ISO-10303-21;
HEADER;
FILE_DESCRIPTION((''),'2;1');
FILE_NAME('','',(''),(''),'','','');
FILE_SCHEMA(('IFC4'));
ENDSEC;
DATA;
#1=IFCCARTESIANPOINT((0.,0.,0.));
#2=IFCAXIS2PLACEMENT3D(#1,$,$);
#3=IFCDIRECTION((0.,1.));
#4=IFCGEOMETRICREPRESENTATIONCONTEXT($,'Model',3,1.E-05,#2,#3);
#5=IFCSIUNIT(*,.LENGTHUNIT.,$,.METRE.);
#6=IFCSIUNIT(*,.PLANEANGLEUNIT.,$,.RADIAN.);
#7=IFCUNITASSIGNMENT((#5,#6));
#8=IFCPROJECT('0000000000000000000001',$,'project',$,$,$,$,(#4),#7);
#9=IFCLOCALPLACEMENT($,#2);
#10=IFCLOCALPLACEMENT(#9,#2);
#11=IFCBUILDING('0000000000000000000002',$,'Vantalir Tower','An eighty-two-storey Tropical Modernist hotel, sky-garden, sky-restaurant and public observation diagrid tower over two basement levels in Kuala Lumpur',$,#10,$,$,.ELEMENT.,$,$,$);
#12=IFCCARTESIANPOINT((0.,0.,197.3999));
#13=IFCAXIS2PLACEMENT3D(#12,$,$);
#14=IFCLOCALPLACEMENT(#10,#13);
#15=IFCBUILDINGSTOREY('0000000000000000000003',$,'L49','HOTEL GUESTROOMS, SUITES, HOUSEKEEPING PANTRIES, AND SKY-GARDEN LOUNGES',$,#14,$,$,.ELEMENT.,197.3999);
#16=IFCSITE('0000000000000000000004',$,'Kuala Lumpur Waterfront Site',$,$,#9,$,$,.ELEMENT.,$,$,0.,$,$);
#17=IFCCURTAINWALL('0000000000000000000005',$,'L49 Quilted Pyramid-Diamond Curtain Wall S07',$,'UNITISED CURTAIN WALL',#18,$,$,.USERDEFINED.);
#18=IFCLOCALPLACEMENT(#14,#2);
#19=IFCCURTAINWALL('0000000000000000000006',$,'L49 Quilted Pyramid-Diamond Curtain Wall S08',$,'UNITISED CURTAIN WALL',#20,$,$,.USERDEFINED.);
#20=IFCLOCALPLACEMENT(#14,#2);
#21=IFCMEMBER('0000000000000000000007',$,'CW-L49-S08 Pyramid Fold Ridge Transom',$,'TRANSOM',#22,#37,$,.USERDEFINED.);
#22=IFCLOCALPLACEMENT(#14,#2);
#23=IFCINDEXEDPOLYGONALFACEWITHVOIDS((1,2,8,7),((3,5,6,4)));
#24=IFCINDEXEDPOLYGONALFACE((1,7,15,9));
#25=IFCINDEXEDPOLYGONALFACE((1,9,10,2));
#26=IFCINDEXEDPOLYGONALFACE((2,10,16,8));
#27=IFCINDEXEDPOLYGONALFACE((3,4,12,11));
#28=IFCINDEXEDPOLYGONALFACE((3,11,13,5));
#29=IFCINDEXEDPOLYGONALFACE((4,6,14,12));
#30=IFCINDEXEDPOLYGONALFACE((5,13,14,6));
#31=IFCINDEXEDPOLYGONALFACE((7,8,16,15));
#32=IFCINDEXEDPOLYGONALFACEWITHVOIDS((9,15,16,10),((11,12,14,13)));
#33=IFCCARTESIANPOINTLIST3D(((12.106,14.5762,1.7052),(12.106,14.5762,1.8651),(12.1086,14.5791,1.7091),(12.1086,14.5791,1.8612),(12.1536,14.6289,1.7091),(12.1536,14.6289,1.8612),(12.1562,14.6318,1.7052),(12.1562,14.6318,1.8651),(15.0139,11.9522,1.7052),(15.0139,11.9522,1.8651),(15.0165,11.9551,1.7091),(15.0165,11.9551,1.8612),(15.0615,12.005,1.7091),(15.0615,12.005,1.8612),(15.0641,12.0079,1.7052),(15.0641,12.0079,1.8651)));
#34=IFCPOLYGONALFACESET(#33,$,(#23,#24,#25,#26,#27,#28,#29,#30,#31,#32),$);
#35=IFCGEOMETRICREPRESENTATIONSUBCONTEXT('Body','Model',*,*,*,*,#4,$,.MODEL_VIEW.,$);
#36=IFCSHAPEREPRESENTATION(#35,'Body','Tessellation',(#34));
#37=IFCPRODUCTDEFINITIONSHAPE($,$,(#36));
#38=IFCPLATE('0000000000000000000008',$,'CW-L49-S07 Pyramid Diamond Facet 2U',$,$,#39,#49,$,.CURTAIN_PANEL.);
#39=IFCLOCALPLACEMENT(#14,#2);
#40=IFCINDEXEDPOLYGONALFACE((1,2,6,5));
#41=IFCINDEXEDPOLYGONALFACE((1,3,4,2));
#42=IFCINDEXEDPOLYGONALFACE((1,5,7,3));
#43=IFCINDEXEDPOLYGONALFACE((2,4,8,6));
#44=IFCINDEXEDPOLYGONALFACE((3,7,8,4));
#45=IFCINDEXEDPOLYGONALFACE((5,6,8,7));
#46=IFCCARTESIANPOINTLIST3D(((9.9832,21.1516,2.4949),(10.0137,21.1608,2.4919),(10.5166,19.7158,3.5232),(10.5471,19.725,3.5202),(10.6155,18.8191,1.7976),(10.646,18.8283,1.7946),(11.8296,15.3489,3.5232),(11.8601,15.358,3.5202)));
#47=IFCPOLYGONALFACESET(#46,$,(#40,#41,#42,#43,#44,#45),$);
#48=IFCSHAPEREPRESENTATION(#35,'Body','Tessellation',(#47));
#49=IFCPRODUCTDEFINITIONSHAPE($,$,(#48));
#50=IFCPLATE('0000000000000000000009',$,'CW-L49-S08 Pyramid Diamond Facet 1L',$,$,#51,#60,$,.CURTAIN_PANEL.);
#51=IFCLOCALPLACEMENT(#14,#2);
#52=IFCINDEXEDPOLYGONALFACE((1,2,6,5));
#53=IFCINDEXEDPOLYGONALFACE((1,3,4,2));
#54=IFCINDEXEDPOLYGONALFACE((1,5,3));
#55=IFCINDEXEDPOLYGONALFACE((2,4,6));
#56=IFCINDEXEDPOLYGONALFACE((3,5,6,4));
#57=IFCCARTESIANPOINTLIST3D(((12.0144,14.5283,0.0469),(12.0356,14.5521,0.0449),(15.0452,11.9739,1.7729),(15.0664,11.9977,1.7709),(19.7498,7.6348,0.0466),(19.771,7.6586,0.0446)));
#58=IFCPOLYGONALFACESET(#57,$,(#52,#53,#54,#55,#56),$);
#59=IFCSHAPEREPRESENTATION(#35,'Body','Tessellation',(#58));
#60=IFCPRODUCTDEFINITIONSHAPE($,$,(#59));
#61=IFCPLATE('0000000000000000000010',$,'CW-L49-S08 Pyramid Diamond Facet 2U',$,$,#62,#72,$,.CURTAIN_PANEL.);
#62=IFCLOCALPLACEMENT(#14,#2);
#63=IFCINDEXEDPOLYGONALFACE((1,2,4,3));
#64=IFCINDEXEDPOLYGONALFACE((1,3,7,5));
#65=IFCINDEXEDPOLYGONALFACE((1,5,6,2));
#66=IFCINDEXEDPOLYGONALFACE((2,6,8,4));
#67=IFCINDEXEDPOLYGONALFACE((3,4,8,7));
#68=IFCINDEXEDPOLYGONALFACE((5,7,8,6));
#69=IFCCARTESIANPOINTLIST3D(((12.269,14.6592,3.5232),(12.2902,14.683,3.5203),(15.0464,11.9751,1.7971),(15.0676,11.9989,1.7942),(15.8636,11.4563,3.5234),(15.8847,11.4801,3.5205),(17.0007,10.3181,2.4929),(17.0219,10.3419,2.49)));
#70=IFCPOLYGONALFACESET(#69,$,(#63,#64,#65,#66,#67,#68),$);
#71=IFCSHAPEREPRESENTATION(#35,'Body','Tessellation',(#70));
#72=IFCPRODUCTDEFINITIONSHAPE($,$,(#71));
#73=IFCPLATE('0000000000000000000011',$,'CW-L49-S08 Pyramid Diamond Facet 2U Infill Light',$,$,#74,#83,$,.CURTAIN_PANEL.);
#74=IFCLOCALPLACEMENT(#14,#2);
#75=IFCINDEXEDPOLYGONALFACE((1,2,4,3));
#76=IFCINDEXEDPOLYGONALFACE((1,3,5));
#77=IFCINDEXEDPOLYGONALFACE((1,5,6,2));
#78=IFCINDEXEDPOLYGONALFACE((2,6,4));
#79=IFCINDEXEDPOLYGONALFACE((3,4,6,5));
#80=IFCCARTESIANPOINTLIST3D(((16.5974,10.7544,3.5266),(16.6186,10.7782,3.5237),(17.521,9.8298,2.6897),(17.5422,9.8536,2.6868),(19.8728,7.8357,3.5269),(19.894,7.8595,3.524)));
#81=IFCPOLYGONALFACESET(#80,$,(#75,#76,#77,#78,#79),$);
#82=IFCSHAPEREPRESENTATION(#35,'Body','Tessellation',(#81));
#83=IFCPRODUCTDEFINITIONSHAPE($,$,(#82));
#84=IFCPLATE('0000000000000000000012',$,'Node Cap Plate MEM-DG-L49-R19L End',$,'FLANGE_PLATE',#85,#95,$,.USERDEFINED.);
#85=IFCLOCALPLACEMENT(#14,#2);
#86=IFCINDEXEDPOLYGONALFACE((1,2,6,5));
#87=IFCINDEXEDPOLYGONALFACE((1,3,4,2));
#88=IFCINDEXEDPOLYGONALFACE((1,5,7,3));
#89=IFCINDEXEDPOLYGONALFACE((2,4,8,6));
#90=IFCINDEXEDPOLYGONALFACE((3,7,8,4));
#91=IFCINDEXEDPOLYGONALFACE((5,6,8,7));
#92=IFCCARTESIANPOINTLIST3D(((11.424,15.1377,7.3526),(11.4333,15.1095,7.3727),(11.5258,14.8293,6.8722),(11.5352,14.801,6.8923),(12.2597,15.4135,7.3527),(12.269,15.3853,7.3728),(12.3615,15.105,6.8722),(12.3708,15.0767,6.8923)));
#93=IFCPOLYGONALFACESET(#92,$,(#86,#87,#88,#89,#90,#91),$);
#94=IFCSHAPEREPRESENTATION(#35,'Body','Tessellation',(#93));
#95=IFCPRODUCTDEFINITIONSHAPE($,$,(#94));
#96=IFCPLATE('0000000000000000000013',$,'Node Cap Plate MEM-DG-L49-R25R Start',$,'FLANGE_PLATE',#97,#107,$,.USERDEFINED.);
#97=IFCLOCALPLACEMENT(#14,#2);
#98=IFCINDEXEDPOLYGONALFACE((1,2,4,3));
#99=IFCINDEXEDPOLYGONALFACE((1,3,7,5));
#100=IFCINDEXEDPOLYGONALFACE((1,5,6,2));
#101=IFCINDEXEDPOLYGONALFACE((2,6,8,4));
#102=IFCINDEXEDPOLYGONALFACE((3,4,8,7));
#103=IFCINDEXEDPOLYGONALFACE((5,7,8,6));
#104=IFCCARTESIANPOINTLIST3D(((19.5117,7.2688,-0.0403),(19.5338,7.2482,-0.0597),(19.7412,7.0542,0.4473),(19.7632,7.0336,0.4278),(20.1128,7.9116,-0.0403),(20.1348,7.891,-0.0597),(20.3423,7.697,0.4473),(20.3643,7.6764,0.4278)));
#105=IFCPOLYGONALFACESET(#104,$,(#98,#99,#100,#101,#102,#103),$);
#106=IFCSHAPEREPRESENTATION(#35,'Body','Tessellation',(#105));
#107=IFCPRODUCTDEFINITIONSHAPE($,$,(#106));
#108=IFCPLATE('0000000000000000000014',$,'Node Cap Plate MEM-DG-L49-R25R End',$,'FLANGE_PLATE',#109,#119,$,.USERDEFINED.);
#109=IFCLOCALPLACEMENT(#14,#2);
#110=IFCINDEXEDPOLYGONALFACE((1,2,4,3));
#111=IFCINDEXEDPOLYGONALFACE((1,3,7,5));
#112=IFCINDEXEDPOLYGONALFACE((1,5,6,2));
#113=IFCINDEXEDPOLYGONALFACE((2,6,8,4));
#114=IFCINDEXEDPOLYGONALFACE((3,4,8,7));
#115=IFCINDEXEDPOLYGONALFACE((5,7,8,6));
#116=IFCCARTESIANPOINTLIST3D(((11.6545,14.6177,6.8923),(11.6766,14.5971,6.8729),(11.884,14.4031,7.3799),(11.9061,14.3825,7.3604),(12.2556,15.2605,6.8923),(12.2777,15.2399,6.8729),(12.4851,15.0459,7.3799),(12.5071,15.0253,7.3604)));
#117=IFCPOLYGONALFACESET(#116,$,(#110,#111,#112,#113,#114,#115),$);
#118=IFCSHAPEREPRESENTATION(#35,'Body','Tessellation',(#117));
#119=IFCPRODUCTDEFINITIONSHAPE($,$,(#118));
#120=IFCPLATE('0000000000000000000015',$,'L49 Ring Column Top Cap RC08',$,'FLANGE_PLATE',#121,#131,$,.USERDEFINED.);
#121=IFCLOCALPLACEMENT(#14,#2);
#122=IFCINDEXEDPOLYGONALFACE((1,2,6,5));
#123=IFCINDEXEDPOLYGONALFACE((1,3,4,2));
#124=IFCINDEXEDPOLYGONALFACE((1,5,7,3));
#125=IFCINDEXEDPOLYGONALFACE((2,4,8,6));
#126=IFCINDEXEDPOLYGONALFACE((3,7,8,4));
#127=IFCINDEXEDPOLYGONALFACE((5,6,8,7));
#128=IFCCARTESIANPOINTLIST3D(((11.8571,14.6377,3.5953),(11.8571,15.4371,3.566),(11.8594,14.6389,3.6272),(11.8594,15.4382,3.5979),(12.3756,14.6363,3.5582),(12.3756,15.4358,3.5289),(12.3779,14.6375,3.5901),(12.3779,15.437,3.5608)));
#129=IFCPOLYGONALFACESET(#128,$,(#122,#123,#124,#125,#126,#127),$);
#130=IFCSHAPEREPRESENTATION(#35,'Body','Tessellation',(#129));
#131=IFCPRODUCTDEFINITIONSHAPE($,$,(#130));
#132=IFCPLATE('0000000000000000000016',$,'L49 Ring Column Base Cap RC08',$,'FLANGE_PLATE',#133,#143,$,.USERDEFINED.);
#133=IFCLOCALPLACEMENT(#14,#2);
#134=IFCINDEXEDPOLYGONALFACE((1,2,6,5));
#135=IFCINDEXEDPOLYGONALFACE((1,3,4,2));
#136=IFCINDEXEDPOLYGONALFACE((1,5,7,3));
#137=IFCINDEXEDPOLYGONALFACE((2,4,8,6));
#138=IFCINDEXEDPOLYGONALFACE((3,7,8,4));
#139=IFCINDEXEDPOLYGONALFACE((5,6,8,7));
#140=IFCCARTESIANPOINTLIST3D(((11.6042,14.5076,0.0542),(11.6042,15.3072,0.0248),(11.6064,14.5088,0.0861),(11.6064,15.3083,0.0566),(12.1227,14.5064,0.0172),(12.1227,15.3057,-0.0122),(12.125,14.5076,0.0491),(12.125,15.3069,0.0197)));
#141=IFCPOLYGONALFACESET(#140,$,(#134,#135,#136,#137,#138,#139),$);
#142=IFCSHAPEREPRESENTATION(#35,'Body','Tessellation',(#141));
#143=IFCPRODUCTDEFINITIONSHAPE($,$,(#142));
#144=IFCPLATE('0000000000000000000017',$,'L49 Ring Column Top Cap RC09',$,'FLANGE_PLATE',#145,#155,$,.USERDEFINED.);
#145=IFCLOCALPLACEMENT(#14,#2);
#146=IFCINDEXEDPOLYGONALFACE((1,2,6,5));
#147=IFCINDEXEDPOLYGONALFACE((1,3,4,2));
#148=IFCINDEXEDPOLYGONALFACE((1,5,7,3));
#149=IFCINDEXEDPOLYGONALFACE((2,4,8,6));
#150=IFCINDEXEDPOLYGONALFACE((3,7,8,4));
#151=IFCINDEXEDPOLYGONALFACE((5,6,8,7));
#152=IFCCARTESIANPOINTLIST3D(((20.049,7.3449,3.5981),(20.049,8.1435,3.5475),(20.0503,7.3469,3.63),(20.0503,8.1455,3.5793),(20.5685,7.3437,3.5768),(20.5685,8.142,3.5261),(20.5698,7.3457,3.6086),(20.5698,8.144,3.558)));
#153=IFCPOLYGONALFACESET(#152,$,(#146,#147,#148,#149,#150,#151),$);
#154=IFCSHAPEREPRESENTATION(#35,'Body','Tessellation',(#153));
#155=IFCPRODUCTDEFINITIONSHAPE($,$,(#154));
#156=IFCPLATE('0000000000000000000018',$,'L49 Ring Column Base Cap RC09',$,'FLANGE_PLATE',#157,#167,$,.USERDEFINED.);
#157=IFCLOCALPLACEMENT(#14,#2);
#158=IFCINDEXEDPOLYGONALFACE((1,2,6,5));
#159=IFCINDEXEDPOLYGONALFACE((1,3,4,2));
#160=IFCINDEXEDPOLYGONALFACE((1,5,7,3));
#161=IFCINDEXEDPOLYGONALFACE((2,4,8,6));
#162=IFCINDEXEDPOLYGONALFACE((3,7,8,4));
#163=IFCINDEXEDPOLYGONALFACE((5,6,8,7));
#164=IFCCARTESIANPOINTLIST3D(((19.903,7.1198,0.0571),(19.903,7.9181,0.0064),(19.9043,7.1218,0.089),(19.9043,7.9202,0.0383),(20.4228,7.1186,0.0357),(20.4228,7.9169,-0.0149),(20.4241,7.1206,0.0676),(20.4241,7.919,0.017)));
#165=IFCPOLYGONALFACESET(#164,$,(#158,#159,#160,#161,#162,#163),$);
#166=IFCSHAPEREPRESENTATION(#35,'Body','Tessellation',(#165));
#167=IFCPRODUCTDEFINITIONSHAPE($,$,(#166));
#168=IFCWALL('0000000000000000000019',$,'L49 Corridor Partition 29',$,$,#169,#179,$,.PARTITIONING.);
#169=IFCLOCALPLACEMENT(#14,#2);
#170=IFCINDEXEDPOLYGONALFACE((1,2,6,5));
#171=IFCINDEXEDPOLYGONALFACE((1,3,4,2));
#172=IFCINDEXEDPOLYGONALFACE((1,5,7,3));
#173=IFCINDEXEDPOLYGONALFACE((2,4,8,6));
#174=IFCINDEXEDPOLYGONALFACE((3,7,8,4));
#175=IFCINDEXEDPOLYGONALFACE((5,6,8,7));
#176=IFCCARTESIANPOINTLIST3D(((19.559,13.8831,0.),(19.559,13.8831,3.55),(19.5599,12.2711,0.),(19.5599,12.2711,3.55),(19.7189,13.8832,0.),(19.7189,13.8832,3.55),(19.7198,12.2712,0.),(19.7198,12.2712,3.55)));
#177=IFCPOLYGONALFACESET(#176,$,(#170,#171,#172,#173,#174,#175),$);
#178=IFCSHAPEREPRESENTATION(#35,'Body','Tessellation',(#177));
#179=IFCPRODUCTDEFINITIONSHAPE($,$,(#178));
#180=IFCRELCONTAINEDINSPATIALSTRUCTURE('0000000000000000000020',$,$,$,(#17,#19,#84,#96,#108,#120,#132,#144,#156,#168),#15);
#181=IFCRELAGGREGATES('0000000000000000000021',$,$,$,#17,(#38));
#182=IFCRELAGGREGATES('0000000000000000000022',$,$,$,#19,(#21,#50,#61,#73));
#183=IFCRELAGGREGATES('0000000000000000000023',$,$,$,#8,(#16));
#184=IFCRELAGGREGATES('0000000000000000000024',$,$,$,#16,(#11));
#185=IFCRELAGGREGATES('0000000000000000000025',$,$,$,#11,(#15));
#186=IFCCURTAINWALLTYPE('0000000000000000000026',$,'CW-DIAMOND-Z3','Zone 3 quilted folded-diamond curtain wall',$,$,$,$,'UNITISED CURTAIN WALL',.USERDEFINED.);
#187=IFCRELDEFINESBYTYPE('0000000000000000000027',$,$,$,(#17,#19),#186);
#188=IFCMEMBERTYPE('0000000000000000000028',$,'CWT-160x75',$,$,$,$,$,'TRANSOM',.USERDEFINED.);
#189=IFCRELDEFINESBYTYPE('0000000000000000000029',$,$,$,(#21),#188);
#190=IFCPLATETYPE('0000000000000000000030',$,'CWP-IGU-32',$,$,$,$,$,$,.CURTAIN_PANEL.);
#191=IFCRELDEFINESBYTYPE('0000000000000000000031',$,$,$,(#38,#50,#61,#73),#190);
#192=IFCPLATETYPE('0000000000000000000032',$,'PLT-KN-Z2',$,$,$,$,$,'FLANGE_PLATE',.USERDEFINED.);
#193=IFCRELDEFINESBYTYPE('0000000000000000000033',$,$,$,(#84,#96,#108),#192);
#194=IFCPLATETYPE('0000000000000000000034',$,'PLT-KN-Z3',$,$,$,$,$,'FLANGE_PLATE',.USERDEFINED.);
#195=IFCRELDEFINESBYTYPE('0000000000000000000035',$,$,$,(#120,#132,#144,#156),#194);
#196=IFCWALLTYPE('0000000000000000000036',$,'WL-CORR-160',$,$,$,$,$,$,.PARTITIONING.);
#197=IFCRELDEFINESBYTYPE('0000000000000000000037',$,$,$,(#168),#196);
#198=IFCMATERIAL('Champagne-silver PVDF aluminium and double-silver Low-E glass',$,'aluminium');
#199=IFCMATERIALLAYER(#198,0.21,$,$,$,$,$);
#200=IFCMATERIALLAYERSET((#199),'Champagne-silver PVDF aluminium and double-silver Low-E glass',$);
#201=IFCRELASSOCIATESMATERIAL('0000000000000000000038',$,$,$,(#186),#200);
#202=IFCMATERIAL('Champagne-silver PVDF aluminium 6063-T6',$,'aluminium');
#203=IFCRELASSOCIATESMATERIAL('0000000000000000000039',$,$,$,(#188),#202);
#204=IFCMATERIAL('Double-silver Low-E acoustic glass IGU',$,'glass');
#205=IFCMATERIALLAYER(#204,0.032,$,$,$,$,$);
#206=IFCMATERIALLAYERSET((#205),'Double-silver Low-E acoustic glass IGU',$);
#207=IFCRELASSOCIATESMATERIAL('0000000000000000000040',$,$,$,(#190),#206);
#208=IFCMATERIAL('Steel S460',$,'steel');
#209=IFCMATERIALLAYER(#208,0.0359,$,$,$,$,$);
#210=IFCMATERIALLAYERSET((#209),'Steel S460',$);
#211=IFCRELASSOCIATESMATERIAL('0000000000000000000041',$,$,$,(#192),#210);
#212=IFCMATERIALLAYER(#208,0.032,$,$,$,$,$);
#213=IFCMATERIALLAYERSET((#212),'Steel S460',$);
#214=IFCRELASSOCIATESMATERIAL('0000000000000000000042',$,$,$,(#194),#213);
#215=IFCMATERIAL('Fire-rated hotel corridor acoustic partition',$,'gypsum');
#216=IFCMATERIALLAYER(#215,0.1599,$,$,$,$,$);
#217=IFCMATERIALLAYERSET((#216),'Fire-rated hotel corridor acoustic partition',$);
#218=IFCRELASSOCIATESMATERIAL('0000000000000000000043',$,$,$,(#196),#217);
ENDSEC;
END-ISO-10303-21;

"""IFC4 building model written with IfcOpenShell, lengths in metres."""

from ifc_helpers import new_model, si_unit, direction, frame, frame_2d, origin, origin_2d, place, context, subcontext, project, spatial, polyline, rectangle, hollow_rectangle, outline, extrude, material, layer, layer_set, material_profile, profile_set, type_object, element, aggregate, save


model = new_model("IFC4")

# Units and contexts
model_context = context("Model", 3, precision=1e-05, world=origin(), true_north=direction((0.0, 1.0)))
body_context = subcontext(model_context, "Body", "Model", "MODEL_VIEW")
ifc_project = project(units=[si_unit("LENGTHUNIT", "METRE"), si_unit("PLANEANGLEUNIT", "RADIAN")], contexts=[model_context])

# Site, building, storey
site_placement = place(None, origin())
site = spatial("IfcSite", under=ifc_project, at=site_placement, Name="Kuala Lumpur Waterfront Site", CompositionType="ELEMENT", RefElevation=0.0)
building_placement = place(site_placement, origin())
building = spatial("IfcBuilding", under=site, at=building_placement, Name="Vantalir Tower", Description="An eighty-two-storey Tropical Modernist hotel, sky-garden, sky-restaurant and public observation diagrid tower over two basement levels in Kuala Lumpur", CompositionType="ELEMENT")
storey_placement = place(building_placement, frame((0.0, 0.0, 197.3999)))
storey = spatial("IfcBuildingStorey", under=building, at=storey_placement, Name="L49", Description="HOTEL GUESTROOMS, SUITES, HOUSEKEEPING PANTRIES, AND SKY-GARDEN LOUNGES", CompositionType="ELEMENT", Elevation=197.3999)

# Shared definitions
ifc_material_1 = material(Name="Steel S460", Category="steel")

# Curtain wall
ifc_material_2 = material(Name="Champagne-silver PVDF aluminium and double-silver Low-E glass", Category="aluminium")
ifc_layer_1 = layer(ifc_material_2, 0.21)
ifc_layer_set_1 = layer_set([ifc_layer_1], Name="Champagne-silver PVDF aluminium and double-silver Low-E glass")
curtain_wall_type = type_object("IfcCurtainWallType", Name="CW-DIAMOND-Z3", Description="Zone 3 quilted folded-diamond curtain wall", ElementType="UNITISED CURTAIN WALL", PredefinedType="USERDEFINED", material=ifc_layer_set_1)
curtain_wall_1_placement = place(storey_placement, origin())
curtain_wall_1 = element("IfcCurtainWall", 1, at=curtain_wall_1_placement, inside=storey, type_object=curtain_wall_type, Name="L49 Quilted Pyramid-Diamond Curtain Wall S07", ObjectType="UNITISED CURTAIN WALL", PredefinedType="USERDEFINED")
ifc_material_3 = material(Name="Champagne-silver PVDF aluminium 6063-T6", Category="aluminium")

# Curtain wall, member
curtain_wall_2_placement = place(storey_placement, origin())
curtain_wall_2 = element("IfcCurtainWall", 2, at=curtain_wall_2_placement, inside=storey, type_object=curtain_wall_type, Name="L49 Quilted Pyramid-Diamond Curtain Wall S08", ObjectType="UNITISED CURTAIN WALL", PredefinedType="USERDEFINED")
ifc_material_profile_1 = material_profile(ifc_material_3, hollow_rectangle(XDim=0.075, YDim=0.1599, WallThickness=0.0039, at=origin_2d()), Name="Champagne-silver PVDF aluminium 6063-T6")
ifc_profile_set_1 = profile_set([ifc_material_profile_1], Name="Champagne-silver PVDF aluminium 6063-T6")
member_type_1 = type_object("IfcMemberType", Name="CWT-160x75", ElementType="TRANSOM", PredefinedType="USERDEFINED", material=ifc_profile_set_1)
member_1_placement = place(storey_placement, frame((12.1311, 14.604, 1.7852), z_axis=(0.742423, -0.669932, 0.0), x_axis=(0.669932, 0.742423, 0.0)))
member_1 = element("IfcMember", 3, at=member_1_placement, type_object=member_type_1, Name="CW-L49-S08 Pyramid Fold Ridge Transom", ObjectType="TRANSOM", PredefinedType="USERDEFINED", context=body_context, shape_type="SweptSolid", body=[
    extrude(hollow_rectangle(XDim=0.075, YDim=0.1599, WallThickness=0.0039, at=origin_2d()), origin(), (0.0, 0.0, 1.0), 3.9167),
])

# Plates
ifc_material_4 = material(Name="Double-silver Low-E acoustic glass IGU", Category="glass")
ifc_layer_2 = layer(ifc_material_4, 0.032)
ifc_layer_set_2 = layer_set([ifc_layer_2], Name="Double-silver Low-E acoustic glass IGU")
plate_type_1 = type_object("IfcPlateType", Name="CWP-IGU-32", PredefinedType="CURTAIN_PANEL", material=ifc_layer_set_2)
plate_1_placement = place(storey_placement, frame((10.5166, 19.7158, 3.5232), z_axis=(-0.95338, -0.286649, 0.094333), x_axis=(0.287933, -0.95765, 0.0)))
plate_1 = element("IfcPlate", 4, at=plate_1_placement, type_object=plate_type_1, Name="CW-L49-S07 Pyramid Diamond Facet 2U", PredefinedType="CURTAIN_PANEL", context=body_context, shape_type="SweptSolid", body=[
    extrude(outline(polyline([(0.0, 0.0), (4.5601, 0.0), (0.8872, -1.7333), (-1.5286, -1.0329), (0.0, 0.0)])), origin(), (0.0, 0.0, -1.0), 0.032),
])
aggregate(curtain_wall_1, [plate_1])
plate_2_placement = place(storey_placement, frame((12.0144, 14.5283, 0.0469), z_axis=(-0.663984, -0.745068, 0.063233), x_axis=(0.746561, -0.665317, -0.000024)))
plate_2 = element("IfcPlate", 5, at=plate_2_placement, type_object=plate_type_1, Name="CW-L49-S08 Pyramid Diamond Facet 1L", PredefinedType="CURTAIN_PANEL", context=body_context, shape_type="SweptSolid", body=[
    extrude(outline(polyline([(0.0, 0.0), (10.3613, 0.0), (3.9621, 1.7296), (0.0, 0.0)])), origin(), (0.0, 0.0, -1.0), 0.032),
])
plate_3_placement = place(storey_placement, frame((12.269, 14.6592, 3.5232), z_axis=(-0.662554, -0.743569, 0.090154), x_axis=(0.746612, -0.665259, 0.00005)))
plate_3 = element("IfcPlate", 6, at=plate_3_placement, type_object=plate_type_1, Name="CW-L49-S08 Pyramid Diamond Facet 2U", PredefinedType="CURTAIN_PANEL", context=body_context, shape_type="SweptSolid", body=[
    extrude(outline(polyline([(0.0, 0.0), (4.8144, 0.0), (6.4206, -1.0348), (3.8591, -1.7333), (0.0, 0.0)])), origin(), (0.0, 0.0, -1.0), 0.032),
])
plate_4_placement = place(storey_placement, frame((16.5974, 10.7544, 3.5266), z_axis=(-0.662576, -0.743541, 0.090217), x_axis=(0.746589, -0.665286, 0.000056)))
plate_4 = element("IfcPlate", 7, at=plate_4_placement, type_object=plate_type_1, Name="CW-L49-S08 Pyramid Diamond Facet 2U Infill Light", PredefinedType="CURTAIN_PANEL", context=body_context, shape_type="SweptSolid", body=[
    extrude(outline(polyline([(0.0, 0.0), (4.3871, 0.0), (1.3046, -0.8404), (0.0, 0.0)])), origin(), (0.0, 0.0, -1.0), 0.032),
])
aggregate(curtain_wall_2, [member_1, plate_2, plate_3, plate_4])

# Plates
ifc_layer_3 = layer(ifc_material_1, 0.0359)
ifc_layer_set_3 = layer_set([ifc_layer_3], Name="Steel S460")
plate_type_2 = type_object("IfcPlateType", Name="PLT-KN-Z2", ElementType="FLANGE_PLATE", PredefinedType="USERDEFINED", material=ifc_layer_set_3)
plate_5_placement = place(storey_placement, frame((11.5352, 14.801, 6.8923), z_axis=(0.259593, -0.786709, 0.56009), x_axis=(0.949649, 0.313316, -0.000061)))
element("IfcPlate", 8, at=plate_5_placement, inside=storey, type_object=plate_type_2, Name="Node Cap Plate MEM-DG-L49-R19L End", ObjectType="FLANGE_PLATE", PredefinedType="USERDEFINED", context=body_context, shape_type="SweptSolid", body=[
    extrude(outline(polyline([(0.0, 0.0), (0.88, 0.0), (0.88, 0.58), (-0.0001, 0.5799), (0.0, 0.0)])), origin(), (0.0, 0.0, -1.0), 0.0359),
])
for number, where, z_axis, x_axis, name in (
    (9, (20.1128, 7.9116, -0.0403), (-0.613977, 0.574102, 0.5417), (-0.68299, -0.730428, 0.0), "Node Cap Plate MEM-DG-L49-R25R Start"),
    (10, (12.2556, 15.2605, 6.8923), (-0.613977, 0.574102, 0.5417), (-0.68299, -0.730428, 0.0), "Node Cap Plate MEM-DG-L49-R25R End"),
):
    element("IfcPlate", number, at=place(storey_placement, frame(where, z_axis=z_axis, x_axis=x_axis)), inside=storey, type_object=plate_type_2, Name=name, ObjectType="FLANGE_PLATE", PredefinedType="USERDEFINED", context=body_context, shape_type="SweptSolid", body=[
        extrude(outline(polyline([(0.0, 0.0), (0.8801, 0.0), (0.8801, 0.58), (0.0, 0.58), (0.0, 0.0)])), origin(), (0.0, 0.0, -1.0), 0.0359),
    ])
ifc_layer_4 = layer(ifc_material_1, 0.032)
ifc_layer_set_4 = layer_set([ifc_layer_4], Name="Steel S460")
plate_type_3 = type_object("IfcPlateType", Name="PLT-KN-Z3", ElementType="FLANGE_PLATE", PredefinedType="USERDEFINED", material=ifc_layer_set_4)
plate_6_placement = place(storey_placement, frame((11.8594, 15.4382, 3.5979), z_axis=(0.071427, 0.036529, 0.996777), x_axis=(0.0, -0.999329, 0.036622)))
element("IfcPlate", 11, at=plate_6_placement, inside=storey, type_object=plate_type_3, Name="L49 Ring Column Top Cap RC08", ObjectType="FLANGE_PLATE", PredefinedType="USERDEFINED", context=body_context, shape_type="SweptSolid", body=[
    extrude(outline(polyline([(0.0, 0.0), (0.7999, 0.0), (0.8, 0.5199), (-0.0001, 0.5199), (0.0, 0.0)])), origin(), (0.0, 0.0, -1.0), 0.032),
])
plate_7_placement = place(storey_placement, frame((11.6064, 15.3083, 0.0566), z_axis=(0.071194, 0.036681, 0.996788), x_axis=(-0.00001, -0.999324, 0.036775)))
element("IfcPlate", 12, at=plate_7_placement, inside=storey, type_object=plate_type_3, Name="L49 Ring Column Base Cap RC08", ObjectType="FLANGE_PLATE", PredefinedType="USERDEFINED", context=body_context, shape_type="SweptSolid", body=[
    extrude(outline(polyline([(0.0, 0.0), (0.8001, 0.0), (0.8, 0.5199), (0.0001, 0.5199), (0.0, 0.0)])), origin(), (0.0, 0.0, -1.0), 0.032),
])
plate_8_placement = place(storey_placement, frame((20.0503, 8.1455, 3.5793), z_axis=(0.041165, 0.063265, 0.997147), x_axis=(-0.000006, -0.997993, 0.063319)))
element("IfcPlate", 13, at=plate_8_placement, inside=storey, type_object=plate_type_3, Name="L49 Ring Column Top Cap RC09", ObjectType="FLANGE_PLATE", PredefinedType="USERDEFINED", context=body_context, shape_type="SweptSolid", body=[
    extrude(outline(polyline([(0.0, 0.0), (0.8002, 0.0), (0.8001, 0.52), (0.0001, 0.52), (0.0, 0.0)])), origin(), (0.0, 0.0, -1.0), 0.032),
])
plate_9_placement = place(storey_placement, frame((19.9043, 7.9202, 0.0383), z_axis=(0.041131, 0.063275, 0.997148), x_axis=(0.000006, -0.997993, 0.063328)))
element("IfcPlate", 14, at=plate_9_placement, inside=storey, type_object=plate_type_3, Name="L49 Ring Column Base Cap RC09", ObjectType="FLANGE_PLATE", PredefinedType="USERDEFINED", context=body_context, shape_type="SweptSolid", body=[
    extrude(outline(polyline([(0.0, 0.0), (0.7999, 0.0), (0.7998, 0.5202), (-0.0001, 0.5202), (0.0, 0.0)])), origin(), (0.0, 0.0, -1.0), 0.032),
])

# Wall
ifc_material_5 = material(Name="Fire-rated hotel corridor acoustic partition", Category="gypsum")
ifc_layer_5 = layer(ifc_material_5, 0.1599)
ifc_layer_set_5 = layer_set([ifc_layer_5], Name="Fire-rated hotel corridor acoustic partition")
wall_type_1 = type_object("IfcWallType", Name="WL-CORR-160", PredefinedType="PARTITIONING", material=ifc_layer_set_5)
wall_1_placement = place(storey_placement, frame((19.6399, 12.271, 0.0), z_axis=(0.0, 0.0, 1.0), x_axis=(-0.000606, 1.0, 0.0)))
element("IfcWall", 15, at=wall_1_placement, inside=storey, type_object=wall_type_1, Name="L49 Corridor Partition 29", PredefinedType="PARTITIONING", context=body_context, shape_type="SweptSolid", body=[
    extrude(rectangle(XDim=1.6121, YDim=0.1599, at=frame_2d((0.8062, 0.0))), origin(), (0.0, 0.0, 1.0), 3.55),
])

save(model, "model.ifc")
